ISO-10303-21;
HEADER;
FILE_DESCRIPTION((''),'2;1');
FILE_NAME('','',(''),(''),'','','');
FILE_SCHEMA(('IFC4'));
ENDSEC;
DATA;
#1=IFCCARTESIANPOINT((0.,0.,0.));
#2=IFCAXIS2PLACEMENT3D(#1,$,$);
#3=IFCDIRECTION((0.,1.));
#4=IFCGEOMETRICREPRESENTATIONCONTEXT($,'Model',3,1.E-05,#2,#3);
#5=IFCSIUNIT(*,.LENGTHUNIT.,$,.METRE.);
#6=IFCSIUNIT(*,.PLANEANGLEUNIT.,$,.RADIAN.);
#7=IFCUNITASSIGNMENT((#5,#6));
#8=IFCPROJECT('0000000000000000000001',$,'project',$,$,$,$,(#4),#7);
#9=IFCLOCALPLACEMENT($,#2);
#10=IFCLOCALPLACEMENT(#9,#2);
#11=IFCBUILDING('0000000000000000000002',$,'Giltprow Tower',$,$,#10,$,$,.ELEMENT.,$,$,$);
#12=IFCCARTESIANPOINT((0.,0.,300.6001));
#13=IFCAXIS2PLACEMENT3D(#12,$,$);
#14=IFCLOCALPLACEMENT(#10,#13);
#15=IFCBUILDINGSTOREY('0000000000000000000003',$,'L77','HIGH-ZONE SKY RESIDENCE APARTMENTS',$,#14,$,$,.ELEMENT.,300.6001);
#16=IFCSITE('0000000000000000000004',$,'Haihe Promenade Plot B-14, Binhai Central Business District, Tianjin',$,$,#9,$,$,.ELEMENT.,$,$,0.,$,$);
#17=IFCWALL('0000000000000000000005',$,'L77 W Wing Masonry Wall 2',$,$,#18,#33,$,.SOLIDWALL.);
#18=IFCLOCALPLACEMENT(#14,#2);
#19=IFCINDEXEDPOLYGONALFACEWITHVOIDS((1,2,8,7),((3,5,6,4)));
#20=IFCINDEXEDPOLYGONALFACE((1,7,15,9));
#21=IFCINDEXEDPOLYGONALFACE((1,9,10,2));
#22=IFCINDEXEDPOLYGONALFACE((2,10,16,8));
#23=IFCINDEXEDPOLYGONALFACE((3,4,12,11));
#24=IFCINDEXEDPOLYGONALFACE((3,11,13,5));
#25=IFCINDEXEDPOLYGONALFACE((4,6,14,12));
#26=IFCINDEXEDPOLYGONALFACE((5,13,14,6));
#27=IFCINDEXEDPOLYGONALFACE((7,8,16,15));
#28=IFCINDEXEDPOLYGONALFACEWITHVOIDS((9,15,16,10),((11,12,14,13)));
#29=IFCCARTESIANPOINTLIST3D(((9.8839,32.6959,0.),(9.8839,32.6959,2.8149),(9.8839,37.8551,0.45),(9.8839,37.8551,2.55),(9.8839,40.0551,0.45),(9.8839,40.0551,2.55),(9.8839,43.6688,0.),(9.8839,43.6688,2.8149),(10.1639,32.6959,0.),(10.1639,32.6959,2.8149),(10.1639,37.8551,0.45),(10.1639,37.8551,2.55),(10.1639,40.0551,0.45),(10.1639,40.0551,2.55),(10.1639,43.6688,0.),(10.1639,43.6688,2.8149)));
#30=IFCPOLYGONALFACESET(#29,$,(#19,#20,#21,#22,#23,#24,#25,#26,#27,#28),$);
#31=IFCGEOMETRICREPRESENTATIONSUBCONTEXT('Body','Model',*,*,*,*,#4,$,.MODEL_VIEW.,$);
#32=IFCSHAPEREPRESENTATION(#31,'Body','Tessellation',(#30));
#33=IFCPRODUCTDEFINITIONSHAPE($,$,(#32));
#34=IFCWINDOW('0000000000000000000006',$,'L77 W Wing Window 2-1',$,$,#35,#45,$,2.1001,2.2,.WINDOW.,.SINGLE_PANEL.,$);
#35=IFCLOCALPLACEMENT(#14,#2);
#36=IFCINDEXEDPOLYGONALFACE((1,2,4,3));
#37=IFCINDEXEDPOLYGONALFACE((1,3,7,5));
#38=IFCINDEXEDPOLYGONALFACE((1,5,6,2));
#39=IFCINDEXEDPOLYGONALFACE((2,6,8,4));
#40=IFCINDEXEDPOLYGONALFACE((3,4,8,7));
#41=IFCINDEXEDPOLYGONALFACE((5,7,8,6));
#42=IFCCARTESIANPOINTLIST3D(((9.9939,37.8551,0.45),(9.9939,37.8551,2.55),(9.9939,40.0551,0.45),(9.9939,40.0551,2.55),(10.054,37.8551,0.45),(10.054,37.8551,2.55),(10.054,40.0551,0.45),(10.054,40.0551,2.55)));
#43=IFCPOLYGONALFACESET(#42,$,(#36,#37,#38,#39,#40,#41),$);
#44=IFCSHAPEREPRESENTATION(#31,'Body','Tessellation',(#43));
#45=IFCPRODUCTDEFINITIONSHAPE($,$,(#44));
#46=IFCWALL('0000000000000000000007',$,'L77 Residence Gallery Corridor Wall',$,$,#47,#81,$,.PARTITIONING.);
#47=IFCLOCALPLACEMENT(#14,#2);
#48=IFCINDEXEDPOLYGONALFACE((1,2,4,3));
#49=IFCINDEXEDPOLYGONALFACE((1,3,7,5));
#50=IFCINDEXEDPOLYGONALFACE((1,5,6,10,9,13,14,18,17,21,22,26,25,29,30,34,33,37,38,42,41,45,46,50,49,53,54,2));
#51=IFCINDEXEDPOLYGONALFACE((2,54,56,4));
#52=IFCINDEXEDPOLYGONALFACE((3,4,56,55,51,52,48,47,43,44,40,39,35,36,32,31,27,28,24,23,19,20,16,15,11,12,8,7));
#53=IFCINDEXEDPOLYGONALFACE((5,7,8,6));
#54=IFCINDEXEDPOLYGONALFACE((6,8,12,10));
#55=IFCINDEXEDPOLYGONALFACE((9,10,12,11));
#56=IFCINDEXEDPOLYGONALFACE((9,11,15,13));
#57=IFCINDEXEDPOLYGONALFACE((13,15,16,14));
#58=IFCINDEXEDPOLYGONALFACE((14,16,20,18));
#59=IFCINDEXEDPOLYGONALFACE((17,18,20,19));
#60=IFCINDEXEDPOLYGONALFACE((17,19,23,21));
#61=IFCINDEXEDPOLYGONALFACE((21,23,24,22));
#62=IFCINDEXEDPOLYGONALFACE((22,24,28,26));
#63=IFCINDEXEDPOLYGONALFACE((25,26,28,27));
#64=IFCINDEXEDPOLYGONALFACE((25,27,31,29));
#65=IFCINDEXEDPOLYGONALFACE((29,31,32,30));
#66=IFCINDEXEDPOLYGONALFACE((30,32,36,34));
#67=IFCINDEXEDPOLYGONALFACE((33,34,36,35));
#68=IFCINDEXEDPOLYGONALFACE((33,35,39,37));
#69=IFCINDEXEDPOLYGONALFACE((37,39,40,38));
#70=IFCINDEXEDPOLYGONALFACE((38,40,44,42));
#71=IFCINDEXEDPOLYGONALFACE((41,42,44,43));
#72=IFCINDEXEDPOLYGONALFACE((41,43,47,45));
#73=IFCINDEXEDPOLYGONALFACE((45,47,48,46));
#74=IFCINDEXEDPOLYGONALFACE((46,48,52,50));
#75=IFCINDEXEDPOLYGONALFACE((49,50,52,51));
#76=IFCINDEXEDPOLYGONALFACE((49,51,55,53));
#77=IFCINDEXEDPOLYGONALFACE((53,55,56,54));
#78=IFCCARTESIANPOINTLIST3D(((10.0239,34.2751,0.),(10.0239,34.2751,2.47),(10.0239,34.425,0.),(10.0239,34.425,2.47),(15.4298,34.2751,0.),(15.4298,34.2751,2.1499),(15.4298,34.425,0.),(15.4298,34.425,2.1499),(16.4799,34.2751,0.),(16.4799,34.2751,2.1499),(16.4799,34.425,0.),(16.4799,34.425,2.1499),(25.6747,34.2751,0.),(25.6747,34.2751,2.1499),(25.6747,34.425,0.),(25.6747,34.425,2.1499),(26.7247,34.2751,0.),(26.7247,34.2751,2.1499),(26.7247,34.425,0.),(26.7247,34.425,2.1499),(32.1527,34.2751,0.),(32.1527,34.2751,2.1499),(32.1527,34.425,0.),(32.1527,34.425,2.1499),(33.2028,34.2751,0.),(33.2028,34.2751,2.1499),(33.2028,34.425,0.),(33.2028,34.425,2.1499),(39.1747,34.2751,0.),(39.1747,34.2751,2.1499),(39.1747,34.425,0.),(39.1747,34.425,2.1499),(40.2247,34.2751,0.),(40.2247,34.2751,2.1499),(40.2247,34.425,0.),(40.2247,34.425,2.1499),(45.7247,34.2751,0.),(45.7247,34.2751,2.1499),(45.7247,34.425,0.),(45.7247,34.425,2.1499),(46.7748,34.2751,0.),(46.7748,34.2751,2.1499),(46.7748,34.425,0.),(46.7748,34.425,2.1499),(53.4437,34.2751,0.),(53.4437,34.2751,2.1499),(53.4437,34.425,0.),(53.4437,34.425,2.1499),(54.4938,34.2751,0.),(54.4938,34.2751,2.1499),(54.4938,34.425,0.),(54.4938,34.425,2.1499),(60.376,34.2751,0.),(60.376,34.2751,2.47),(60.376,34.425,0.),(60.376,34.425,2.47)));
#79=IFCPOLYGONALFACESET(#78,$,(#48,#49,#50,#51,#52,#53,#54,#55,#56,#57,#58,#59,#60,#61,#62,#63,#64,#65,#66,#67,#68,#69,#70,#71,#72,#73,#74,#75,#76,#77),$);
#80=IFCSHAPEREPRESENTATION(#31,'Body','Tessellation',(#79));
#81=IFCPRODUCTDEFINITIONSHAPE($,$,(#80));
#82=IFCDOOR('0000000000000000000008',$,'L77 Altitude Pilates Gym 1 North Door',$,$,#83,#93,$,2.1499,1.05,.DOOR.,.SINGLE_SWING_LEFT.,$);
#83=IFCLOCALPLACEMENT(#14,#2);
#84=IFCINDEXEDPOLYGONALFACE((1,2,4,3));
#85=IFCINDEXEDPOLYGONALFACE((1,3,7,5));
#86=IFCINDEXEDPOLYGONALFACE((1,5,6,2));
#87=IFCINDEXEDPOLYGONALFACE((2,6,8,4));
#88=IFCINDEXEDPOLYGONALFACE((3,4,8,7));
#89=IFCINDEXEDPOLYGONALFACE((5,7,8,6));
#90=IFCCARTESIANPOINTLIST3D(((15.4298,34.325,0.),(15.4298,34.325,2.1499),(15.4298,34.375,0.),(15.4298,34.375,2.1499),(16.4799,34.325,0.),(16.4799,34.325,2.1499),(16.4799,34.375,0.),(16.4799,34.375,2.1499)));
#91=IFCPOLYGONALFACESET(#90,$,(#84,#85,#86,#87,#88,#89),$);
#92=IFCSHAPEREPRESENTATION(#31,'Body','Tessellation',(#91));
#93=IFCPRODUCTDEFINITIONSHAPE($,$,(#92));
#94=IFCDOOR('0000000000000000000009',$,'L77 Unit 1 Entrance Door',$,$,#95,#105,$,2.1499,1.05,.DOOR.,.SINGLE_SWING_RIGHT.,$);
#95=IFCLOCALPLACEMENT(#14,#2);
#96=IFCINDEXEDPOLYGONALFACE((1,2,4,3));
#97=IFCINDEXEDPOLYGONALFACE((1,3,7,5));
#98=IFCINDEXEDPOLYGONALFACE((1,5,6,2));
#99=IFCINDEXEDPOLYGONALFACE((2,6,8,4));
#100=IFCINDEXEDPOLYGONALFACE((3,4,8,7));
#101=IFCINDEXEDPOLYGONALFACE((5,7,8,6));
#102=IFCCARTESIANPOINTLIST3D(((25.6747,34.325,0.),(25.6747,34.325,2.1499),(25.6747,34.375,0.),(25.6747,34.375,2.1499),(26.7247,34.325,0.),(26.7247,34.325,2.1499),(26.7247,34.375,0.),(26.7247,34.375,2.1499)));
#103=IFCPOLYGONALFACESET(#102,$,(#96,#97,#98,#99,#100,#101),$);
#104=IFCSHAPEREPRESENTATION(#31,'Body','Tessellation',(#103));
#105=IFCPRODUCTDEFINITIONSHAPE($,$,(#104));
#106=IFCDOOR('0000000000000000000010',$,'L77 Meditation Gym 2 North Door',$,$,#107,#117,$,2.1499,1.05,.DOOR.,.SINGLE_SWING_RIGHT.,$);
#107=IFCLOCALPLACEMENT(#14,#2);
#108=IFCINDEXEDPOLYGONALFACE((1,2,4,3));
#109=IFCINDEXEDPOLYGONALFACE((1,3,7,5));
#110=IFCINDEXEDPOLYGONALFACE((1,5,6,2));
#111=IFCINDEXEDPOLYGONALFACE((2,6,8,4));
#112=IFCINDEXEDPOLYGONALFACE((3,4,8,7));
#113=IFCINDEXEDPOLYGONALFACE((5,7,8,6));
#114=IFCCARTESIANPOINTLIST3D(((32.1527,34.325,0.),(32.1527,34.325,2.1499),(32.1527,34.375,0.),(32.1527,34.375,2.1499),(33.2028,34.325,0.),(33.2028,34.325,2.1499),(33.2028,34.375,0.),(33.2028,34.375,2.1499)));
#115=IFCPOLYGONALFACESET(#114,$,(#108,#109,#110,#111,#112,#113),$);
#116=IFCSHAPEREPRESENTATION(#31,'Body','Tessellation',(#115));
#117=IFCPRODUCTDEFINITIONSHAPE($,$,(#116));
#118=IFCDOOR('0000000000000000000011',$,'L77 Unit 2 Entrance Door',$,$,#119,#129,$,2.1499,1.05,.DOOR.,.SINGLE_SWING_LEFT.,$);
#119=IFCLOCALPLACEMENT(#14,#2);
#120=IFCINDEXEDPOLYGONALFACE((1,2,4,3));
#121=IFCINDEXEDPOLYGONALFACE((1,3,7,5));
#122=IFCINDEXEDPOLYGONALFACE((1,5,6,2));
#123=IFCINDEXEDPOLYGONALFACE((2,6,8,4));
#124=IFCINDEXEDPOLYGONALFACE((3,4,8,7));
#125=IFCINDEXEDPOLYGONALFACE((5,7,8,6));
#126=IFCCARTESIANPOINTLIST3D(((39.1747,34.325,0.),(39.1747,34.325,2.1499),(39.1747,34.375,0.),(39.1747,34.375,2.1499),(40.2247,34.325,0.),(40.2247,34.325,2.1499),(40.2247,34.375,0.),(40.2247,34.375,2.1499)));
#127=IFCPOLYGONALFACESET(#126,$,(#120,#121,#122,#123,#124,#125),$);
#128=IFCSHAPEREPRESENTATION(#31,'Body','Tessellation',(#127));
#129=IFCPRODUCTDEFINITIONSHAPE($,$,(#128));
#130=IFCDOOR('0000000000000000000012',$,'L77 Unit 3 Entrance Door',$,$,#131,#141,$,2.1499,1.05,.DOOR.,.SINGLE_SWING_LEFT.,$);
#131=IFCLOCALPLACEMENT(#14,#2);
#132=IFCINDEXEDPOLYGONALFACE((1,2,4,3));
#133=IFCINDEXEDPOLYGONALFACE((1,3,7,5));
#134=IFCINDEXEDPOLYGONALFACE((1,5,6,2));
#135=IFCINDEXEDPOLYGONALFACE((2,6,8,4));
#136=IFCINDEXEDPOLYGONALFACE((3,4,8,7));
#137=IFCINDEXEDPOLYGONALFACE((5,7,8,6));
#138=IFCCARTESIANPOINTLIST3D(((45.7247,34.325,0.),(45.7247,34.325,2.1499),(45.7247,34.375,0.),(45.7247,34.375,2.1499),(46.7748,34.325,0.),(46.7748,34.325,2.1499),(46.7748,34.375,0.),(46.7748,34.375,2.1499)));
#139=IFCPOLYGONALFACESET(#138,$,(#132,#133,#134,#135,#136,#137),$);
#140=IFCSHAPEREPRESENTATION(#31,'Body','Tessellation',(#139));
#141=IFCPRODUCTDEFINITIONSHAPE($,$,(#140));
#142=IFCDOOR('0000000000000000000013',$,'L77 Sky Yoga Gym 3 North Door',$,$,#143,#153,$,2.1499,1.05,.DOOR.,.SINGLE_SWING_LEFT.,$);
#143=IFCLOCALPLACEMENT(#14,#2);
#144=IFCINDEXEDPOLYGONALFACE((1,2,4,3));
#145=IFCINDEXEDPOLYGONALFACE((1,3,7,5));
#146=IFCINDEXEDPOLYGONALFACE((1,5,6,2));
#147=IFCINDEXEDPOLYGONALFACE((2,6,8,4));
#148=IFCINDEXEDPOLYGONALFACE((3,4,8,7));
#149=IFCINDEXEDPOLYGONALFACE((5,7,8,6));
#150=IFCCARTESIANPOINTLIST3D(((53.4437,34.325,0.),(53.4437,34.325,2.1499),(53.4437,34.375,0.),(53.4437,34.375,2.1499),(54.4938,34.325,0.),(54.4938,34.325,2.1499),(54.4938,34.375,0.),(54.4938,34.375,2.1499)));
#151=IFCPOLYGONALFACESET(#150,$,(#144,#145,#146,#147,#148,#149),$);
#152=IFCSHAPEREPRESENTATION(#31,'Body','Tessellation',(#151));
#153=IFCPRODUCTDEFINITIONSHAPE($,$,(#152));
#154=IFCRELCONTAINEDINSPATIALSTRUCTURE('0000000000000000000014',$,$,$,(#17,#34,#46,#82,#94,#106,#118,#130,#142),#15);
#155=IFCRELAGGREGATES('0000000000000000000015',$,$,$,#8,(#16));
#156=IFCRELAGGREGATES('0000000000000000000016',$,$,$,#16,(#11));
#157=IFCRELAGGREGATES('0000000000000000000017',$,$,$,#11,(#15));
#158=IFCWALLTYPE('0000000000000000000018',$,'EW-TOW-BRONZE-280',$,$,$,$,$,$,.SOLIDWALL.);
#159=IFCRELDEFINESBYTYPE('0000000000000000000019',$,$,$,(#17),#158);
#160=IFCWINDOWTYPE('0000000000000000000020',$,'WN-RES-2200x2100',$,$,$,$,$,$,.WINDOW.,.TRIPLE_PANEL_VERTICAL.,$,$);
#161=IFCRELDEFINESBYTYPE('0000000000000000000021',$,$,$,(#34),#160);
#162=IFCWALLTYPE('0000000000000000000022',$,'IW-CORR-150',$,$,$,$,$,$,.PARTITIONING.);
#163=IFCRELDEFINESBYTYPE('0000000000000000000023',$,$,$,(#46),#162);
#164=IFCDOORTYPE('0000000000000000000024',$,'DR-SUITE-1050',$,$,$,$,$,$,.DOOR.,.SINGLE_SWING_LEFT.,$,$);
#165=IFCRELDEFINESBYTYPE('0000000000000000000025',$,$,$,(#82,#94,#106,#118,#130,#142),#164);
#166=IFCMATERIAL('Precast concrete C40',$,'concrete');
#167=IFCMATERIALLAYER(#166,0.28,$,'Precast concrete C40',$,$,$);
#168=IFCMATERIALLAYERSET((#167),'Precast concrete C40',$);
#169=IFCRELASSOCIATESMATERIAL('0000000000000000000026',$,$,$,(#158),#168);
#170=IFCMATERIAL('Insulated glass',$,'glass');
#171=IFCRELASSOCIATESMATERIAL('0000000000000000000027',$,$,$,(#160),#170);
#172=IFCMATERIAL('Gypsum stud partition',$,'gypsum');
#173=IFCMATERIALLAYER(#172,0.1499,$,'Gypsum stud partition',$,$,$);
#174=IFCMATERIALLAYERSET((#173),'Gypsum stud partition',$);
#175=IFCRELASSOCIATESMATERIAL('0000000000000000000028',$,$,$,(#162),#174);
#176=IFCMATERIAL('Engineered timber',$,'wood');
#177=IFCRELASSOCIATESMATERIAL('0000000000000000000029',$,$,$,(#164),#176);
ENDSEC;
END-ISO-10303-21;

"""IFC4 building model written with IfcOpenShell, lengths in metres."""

from ifc_helpers import new_model, si_unit, direction, frame, frame_2d, origin, place, context, subcontext, project, spatial, rectangle, extrude, source, transform, mapped, material, layer, layer_set, type_object, element, fill, save


model = new_model("IFC4")

# Units and contexts
model_context = context("Model", 3, precision=1e-05, world=origin(), true_north=direction((0.0, 1.0)))
body_context = subcontext(model_context, "Body", "Model", "MODEL_VIEW")
ifc_project = project(units=[si_unit("LENGTHUNIT", "METRE"), si_unit("PLANEANGLEUNIT", "RADIAN")], contexts=[model_context])

# Site, building, storey
site_placement = place(None, origin())
site = spatial("IfcSite", under=ifc_project, at=site_placement, Name="Haihe Promenade Plot B-14, Binhai Central Business District, Tianjin", CompositionType="ELEMENT", RefElevation=0.0)
building_placement = place(site_placement, origin())
building = spatial("IfcBuilding", under=site, at=building_placement, Name="Giltprow Tower", CompositionType="ELEMENT")
storey_placement = place(building_placement, frame((0.0, 0.0, 300.6001)))
storey = spatial("IfcBuildingStorey", under=building, at=storey_placement, Name="L77", Description="HIGH-ZONE SKY RESIDENCE APARTMENTS", CompositionType="ELEMENT", Elevation=300.6001)

# Wall, opening, window
ifc_material_1 = material(Name="Precast concrete C40", Category="concrete")
ifc_layer_1 = layer(ifc_material_1, 0.28, Name="Precast concrete C40")
ifc_layer_set_1 = layer_set([ifc_layer_1], Name="Precast concrete C40")
wall_type_1 = type_object("IfcWallType", Name="EW-TOW-BRONZE-280", PredefinedType="SOLIDWALL", material=ifc_layer_set_1)
wall_1_placement = place(storey_placement, frame((10.0239, 32.696, 0.0), z_axis=(0.0, 0.0, 1.0), x_axis=(0.0, 1.0, 0.0)))
wall_1 = element("IfcWall", 1, at=wall_1_placement, inside=storey, type_object=wall_type_1, Name="L77 W Wing Masonry Wall 2", PredefinedType="SOLIDWALL", context=body_context, shape_type="SweptSolid", body=[
    extrude(rectangle(XDim=10.9729, YDim=0.28, at=frame_2d((5.4863, 0.0))), origin(), (0.0, 0.0, 1.0), 2.8149),
])
opening_1_placement = place(wall_1_placement, frame((5.1589, 0.0, 0.45)))
opening_1 = element("IfcOpeningElement", 2, at=opening_1_placement, cuts=wall_1, PredefinedType="OPENING", context=body_context, shape_type="SweptSolid", body=[
    extrude(rectangle(XDim=2.2, YDim=2.1001, at=frame_2d((1.1001, 1.05))), frame((0.0, 0.1499, 0.0), z_axis=(0.0, -1.0, 0.0), x_axis=(1.0, 0.0, 0.0)), (0.0, 0.0, 1.0), 0.3),
])
ifc_material_2 = material(Name="Insulated glass", Category="glass")
window_type = type_object("IfcWindowType", Name="WN-RES-2200x2100", PartitioningType="TRIPLE_PANEL_VERTICAL", PredefinedType="WINDOW", material=ifc_material_2)
shared_shape_1 = source(origin(), body_context, "Body", "SweptSolid", [
    extrude(rectangle(XDim=2.2, YDim=2.1001, at=frame_2d((1.1001, 1.05))), frame((0.0, 0.03, 0.0), z_axis=(0.0, -1.0, 0.0), x_axis=(1.0, 0.0, 0.0)), (0.0, 0.0, 1.0), 0.0601),
])
window_placement = place(opening_1_placement, origin())
window = element("IfcWindow", 3, at=window_placement, inside=storey, type_object=window_type, Name="L77 W Wing Window 2-1", OverallHeight=2.1001, OverallWidth=2.2, PartitioningType="SINGLE_PANEL", PredefinedType="WINDOW", context=body_context, shape_type="MappedRepresentation", body=[
    mapped(shared_shape_1, transform((0.0, 0.0, 0.0), x_axis=(1.0, 0.0, 0.0), y_axis=(0.0, 1.0, 0.0), z_axis=(0.0, 0.0, 1.0), scale=1.0)),
])
fill(opening_1, window)

# Wall, openings, doors
ifc_material_3 = material(Name="Gypsum stud partition", Category="gypsum")
ifc_layer_2 = layer(ifc_material_3, 0.1499, Name="Gypsum stud partition")
ifc_layer_set_2 = layer_set([ifc_layer_2], Name="Gypsum stud partition")
wall_type_2 = type_object("IfcWallType", Name="IW-CORR-150", PredefinedType="PARTITIONING", material=ifc_layer_set_2)
wall_2_placement = place(storey_placement, frame((10.0239, 34.3501, 0.0), z_axis=(0.0, 0.0, 1.0), x_axis=(1.0, 0.0, 0.0)))
wall_2 = element("IfcWall", 4, at=wall_2_placement, inside=storey, type_object=wall_type_2, Name="L77 Residence Gallery Corridor Wall", PredefinedType="PARTITIONING", context=body_context, shape_type="SweptSolid", body=[
    extrude(rectangle(XDim=50.3521, YDim=0.1499, at=frame_2d((25.176, 0.0))), origin(), (0.0, 0.0, 1.0), 2.47),
])
opening_2_placement = place(wall_2_placement, frame((5.406, 0.0, 0.0)))
opening_2 = element("IfcOpeningElement", 5, at=opening_2_placement, cuts=wall_2, PredefinedType="OPENING", context=body_context, shape_type="SweptSolid", body=[
    extrude(rectangle(XDim=1.05, YDim=2.1499, at=frame_2d((0.5249, 1.075))), frame((0.0, 0.085, 0.0), z_axis=(0.0, -1.0, 0.0), x_axis=(1.0, 0.0, 0.0)), (0.0, 0.0, 1.0), 0.1699),
])
opening_3_placement = place(wall_2_placement, frame((15.6509, 0.0, 0.0)))
opening_3 = element("IfcOpeningElement", 6, at=opening_3_placement, cuts=wall_2, PredefinedType="OPENING", context=body_context, shape_type="SweptSolid", body=[
    extrude(rectangle(XDim=1.05, YDim=2.1499, at=frame_2d((0.5249, 1.075))), frame((0.0, 0.085, 0.0), z_axis=(0.0, -1.0, 0.0), x_axis=(1.0, 0.0, 0.0)), (0.0, 0.0, 1.0), 0.1699),
])
opening_4_placement = place(wall_2_placement, frame((22.1289, 0.0, 0.0)))
opening_4 = element("IfcOpeningElement", 7, at=opening_4_placement, cuts=wall_2, PredefinedType="OPENING", context=body_context, shape_type="SweptSolid", body=[
    extrude(rectangle(XDim=1.05, YDim=2.1499, at=frame_2d((0.5249, 1.075))), frame((0.0, 0.085, 0.0), z_axis=(0.0, -1.0, 0.0), x_axis=(1.0, 0.0, 0.0)), (0.0, 0.0, 1.0), 0.1699),
])
opening_5_placement = place(wall_2_placement, frame((29.1509, 0.0, 0.0)))
opening_5 = element("IfcOpeningElement", 8, at=opening_5_placement, cuts=wall_2, PredefinedType="OPENING", context=body_context, shape_type="SweptSolid", body=[
    extrude(rectangle(XDim=1.05, YDim=2.1499, at=frame_2d((0.5249, 1.075))), frame((0.0, 0.085, 0.0), z_axis=(0.0, -1.0, 0.0), x_axis=(1.0, 0.0, 0.0)), (0.0, 0.0, 1.0), 0.1699),
])
opening_6_placement = place(wall_2_placement, frame((35.7009, 0.0, 0.0)))
opening_6 = element("IfcOpeningElement", 9, at=opening_6_placement, cuts=wall_2, PredefinedType="OPENING", context=body_context, shape_type="SweptSolid", body=[
    extrude(rectangle(XDim=1.05, YDim=2.1499, at=frame_2d((0.5249, 1.075))), frame((0.0, 0.085, 0.0), z_axis=(0.0, -1.0, 0.0), x_axis=(1.0, 0.0, 0.0)), (0.0, 0.0, 1.0), 0.1699),
])
opening_7_placement = place(wall_2_placement, frame((43.4199, 0.0, 0.0)))
opening_7 = element("IfcOpeningElement", 10, at=opening_7_placement, cuts=wall_2, PredefinedType="OPENING", context=body_context, shape_type="SweptSolid", body=[
    extrude(rectangle(XDim=1.05, YDim=2.1499, at=frame_2d((0.5249, 1.075))), frame((0.0, 0.085, 0.0), z_axis=(0.0, -1.0, 0.0), x_axis=(1.0, 0.0, 0.0)), (0.0, 0.0, 1.0), 0.1699),
])
ifc_material_4 = material(Name="Engineered timber", Category="wood")
door_type_1 = type_object("IfcDoorType", Name="DR-SUITE-1050", OperationType="SINGLE_SWING_LEFT", PredefinedType="DOOR", material=ifc_material_4)
shared_shape_2 = source(origin(), body_context, "Body", "SweptSolid", [
    extrude(rectangle(XDim=1.05, YDim=2.1499, at=frame_2d((0.5249, 1.075))), frame((0.0, 0.0249, 0.0), z_axis=(0.0, -1.0, 0.0), x_axis=(1.0, 0.0, 0.0)), (0.0, 0.0, 1.0), 0.05),
])
door_1_placement = place(opening_2_placement, origin())
door_1 = element("IfcDoor", 11, at=door_1_placement, inside=storey, type_object=door_type_1, Name="L77 Altitude Pilates Gym 1 North Door", OperationType="SINGLE_SWING_LEFT", OverallHeight=2.1499, OverallWidth=1.05, PredefinedType="DOOR", context=body_context, shape_type="MappedRepresentation", body=[
    mapped(shared_shape_2, transform((0.0, 0.0, 0.0), x_axis=(1.0, 0.0, 0.0), y_axis=(0.0, 1.0, 0.0), z_axis=(0.0, 0.0, 1.0), scale=1.0)),
])
fill(opening_2, door_1)
door_2_placement = place(opening_3_placement, origin())
door_2 = element("IfcDoor", 12, at=door_2_placement, inside=storey, type_object=door_type_1, Name="L77 Unit 1 Entrance Door", OperationType="SINGLE_SWING_RIGHT", OverallHeight=2.1499, OverallWidth=1.05, PredefinedType="DOOR", context=body_context, shape_type="MappedRepresentation", body=[
    mapped(shared_shape_2, transform((0.0, 0.0, 0.0), x_axis=(1.0, 0.0, 0.0), y_axis=(0.0, 1.0, 0.0), z_axis=(0.0, 0.0, 1.0), scale=1.0)),
])
fill(opening_3, door_2)
door_3_placement = place(opening_4_placement, origin())
door_3 = element("IfcDoor", 13, at=door_3_placement, inside=storey, type_object=door_type_1, Name="L77 Meditation Gym 2 North Door", OperationType="SINGLE_SWING_RIGHT", OverallHeight=2.1499, OverallWidth=1.05, PredefinedType="DOOR", context=body_context, shape_type="MappedRepresentation", body=[
    mapped(shared_shape_2, transform((0.0, 0.0, 0.0), x_axis=(1.0, 0.0, 0.0), y_axis=(0.0, 1.0, 0.0), z_axis=(0.0, 0.0, 1.0), scale=1.0)),
])
fill(opening_4, door_3)
door_4_placement = place(opening_5_placement, origin())
door_4 = element("IfcDoor", 14, at=door_4_placement, inside=storey, type_object=door_type_1, Name="L77 Unit 2 Entrance Door", OperationType="SINGLE_SWING_LEFT", OverallHeight=2.1499, OverallWidth=1.05, PredefinedType="DOOR", context=body_context, shape_type="MappedRepresentation", body=[
    mapped(shared_shape_2, transform((0.0, 0.0, 0.0), x_axis=(1.0, 0.0, 0.0), y_axis=(0.0, 1.0, 0.0), z_axis=(0.0, 0.0, 1.0), scale=1.0)),
])
fill(opening_5, door_4)
door_5_placement = place(opening_6_placement, origin())
door_5 = element("IfcDoor", 15, at=door_5_placement, inside=storey, type_object=door_type_1, Name="L77 Unit 3 Entrance Door", OperationType="SINGLE_SWING_LEFT", OverallHeight=2.1499, OverallWidth=1.05, PredefinedType="DOOR", context=body_context, shape_type="MappedRepresentation", body=[
    mapped(shared_shape_2, transform((0.0, 0.0, 0.0), x_axis=(1.0, 0.0, 0.0), y_axis=(0.0, 1.0, 0.0), z_axis=(0.0, 0.0, 1.0), scale=1.0)),
])
fill(opening_6, door_5)
door_6_placement = place(opening_7_placement, origin())
door_6 = element("IfcDoor", 16, at=door_6_placement, inside=storey, type_object=door_type_1, Name="L77 Sky Yoga Gym 3 North Door", OperationType="SINGLE_SWING_LEFT", OverallHeight=2.1499, OverallWidth=1.05, PredefinedType="DOOR", context=body_context, shape_type="MappedRepresentation", body=[
    mapped(shared_shape_2, transform((0.0, 0.0, 0.0), x_axis=(1.0, 0.0, 0.0), y_axis=(0.0, 1.0, 0.0), z_axis=(0.0, 0.0, 1.0), scale=1.0)),
])
fill(opening_7, door_6)

save(model, "model.ifc")
